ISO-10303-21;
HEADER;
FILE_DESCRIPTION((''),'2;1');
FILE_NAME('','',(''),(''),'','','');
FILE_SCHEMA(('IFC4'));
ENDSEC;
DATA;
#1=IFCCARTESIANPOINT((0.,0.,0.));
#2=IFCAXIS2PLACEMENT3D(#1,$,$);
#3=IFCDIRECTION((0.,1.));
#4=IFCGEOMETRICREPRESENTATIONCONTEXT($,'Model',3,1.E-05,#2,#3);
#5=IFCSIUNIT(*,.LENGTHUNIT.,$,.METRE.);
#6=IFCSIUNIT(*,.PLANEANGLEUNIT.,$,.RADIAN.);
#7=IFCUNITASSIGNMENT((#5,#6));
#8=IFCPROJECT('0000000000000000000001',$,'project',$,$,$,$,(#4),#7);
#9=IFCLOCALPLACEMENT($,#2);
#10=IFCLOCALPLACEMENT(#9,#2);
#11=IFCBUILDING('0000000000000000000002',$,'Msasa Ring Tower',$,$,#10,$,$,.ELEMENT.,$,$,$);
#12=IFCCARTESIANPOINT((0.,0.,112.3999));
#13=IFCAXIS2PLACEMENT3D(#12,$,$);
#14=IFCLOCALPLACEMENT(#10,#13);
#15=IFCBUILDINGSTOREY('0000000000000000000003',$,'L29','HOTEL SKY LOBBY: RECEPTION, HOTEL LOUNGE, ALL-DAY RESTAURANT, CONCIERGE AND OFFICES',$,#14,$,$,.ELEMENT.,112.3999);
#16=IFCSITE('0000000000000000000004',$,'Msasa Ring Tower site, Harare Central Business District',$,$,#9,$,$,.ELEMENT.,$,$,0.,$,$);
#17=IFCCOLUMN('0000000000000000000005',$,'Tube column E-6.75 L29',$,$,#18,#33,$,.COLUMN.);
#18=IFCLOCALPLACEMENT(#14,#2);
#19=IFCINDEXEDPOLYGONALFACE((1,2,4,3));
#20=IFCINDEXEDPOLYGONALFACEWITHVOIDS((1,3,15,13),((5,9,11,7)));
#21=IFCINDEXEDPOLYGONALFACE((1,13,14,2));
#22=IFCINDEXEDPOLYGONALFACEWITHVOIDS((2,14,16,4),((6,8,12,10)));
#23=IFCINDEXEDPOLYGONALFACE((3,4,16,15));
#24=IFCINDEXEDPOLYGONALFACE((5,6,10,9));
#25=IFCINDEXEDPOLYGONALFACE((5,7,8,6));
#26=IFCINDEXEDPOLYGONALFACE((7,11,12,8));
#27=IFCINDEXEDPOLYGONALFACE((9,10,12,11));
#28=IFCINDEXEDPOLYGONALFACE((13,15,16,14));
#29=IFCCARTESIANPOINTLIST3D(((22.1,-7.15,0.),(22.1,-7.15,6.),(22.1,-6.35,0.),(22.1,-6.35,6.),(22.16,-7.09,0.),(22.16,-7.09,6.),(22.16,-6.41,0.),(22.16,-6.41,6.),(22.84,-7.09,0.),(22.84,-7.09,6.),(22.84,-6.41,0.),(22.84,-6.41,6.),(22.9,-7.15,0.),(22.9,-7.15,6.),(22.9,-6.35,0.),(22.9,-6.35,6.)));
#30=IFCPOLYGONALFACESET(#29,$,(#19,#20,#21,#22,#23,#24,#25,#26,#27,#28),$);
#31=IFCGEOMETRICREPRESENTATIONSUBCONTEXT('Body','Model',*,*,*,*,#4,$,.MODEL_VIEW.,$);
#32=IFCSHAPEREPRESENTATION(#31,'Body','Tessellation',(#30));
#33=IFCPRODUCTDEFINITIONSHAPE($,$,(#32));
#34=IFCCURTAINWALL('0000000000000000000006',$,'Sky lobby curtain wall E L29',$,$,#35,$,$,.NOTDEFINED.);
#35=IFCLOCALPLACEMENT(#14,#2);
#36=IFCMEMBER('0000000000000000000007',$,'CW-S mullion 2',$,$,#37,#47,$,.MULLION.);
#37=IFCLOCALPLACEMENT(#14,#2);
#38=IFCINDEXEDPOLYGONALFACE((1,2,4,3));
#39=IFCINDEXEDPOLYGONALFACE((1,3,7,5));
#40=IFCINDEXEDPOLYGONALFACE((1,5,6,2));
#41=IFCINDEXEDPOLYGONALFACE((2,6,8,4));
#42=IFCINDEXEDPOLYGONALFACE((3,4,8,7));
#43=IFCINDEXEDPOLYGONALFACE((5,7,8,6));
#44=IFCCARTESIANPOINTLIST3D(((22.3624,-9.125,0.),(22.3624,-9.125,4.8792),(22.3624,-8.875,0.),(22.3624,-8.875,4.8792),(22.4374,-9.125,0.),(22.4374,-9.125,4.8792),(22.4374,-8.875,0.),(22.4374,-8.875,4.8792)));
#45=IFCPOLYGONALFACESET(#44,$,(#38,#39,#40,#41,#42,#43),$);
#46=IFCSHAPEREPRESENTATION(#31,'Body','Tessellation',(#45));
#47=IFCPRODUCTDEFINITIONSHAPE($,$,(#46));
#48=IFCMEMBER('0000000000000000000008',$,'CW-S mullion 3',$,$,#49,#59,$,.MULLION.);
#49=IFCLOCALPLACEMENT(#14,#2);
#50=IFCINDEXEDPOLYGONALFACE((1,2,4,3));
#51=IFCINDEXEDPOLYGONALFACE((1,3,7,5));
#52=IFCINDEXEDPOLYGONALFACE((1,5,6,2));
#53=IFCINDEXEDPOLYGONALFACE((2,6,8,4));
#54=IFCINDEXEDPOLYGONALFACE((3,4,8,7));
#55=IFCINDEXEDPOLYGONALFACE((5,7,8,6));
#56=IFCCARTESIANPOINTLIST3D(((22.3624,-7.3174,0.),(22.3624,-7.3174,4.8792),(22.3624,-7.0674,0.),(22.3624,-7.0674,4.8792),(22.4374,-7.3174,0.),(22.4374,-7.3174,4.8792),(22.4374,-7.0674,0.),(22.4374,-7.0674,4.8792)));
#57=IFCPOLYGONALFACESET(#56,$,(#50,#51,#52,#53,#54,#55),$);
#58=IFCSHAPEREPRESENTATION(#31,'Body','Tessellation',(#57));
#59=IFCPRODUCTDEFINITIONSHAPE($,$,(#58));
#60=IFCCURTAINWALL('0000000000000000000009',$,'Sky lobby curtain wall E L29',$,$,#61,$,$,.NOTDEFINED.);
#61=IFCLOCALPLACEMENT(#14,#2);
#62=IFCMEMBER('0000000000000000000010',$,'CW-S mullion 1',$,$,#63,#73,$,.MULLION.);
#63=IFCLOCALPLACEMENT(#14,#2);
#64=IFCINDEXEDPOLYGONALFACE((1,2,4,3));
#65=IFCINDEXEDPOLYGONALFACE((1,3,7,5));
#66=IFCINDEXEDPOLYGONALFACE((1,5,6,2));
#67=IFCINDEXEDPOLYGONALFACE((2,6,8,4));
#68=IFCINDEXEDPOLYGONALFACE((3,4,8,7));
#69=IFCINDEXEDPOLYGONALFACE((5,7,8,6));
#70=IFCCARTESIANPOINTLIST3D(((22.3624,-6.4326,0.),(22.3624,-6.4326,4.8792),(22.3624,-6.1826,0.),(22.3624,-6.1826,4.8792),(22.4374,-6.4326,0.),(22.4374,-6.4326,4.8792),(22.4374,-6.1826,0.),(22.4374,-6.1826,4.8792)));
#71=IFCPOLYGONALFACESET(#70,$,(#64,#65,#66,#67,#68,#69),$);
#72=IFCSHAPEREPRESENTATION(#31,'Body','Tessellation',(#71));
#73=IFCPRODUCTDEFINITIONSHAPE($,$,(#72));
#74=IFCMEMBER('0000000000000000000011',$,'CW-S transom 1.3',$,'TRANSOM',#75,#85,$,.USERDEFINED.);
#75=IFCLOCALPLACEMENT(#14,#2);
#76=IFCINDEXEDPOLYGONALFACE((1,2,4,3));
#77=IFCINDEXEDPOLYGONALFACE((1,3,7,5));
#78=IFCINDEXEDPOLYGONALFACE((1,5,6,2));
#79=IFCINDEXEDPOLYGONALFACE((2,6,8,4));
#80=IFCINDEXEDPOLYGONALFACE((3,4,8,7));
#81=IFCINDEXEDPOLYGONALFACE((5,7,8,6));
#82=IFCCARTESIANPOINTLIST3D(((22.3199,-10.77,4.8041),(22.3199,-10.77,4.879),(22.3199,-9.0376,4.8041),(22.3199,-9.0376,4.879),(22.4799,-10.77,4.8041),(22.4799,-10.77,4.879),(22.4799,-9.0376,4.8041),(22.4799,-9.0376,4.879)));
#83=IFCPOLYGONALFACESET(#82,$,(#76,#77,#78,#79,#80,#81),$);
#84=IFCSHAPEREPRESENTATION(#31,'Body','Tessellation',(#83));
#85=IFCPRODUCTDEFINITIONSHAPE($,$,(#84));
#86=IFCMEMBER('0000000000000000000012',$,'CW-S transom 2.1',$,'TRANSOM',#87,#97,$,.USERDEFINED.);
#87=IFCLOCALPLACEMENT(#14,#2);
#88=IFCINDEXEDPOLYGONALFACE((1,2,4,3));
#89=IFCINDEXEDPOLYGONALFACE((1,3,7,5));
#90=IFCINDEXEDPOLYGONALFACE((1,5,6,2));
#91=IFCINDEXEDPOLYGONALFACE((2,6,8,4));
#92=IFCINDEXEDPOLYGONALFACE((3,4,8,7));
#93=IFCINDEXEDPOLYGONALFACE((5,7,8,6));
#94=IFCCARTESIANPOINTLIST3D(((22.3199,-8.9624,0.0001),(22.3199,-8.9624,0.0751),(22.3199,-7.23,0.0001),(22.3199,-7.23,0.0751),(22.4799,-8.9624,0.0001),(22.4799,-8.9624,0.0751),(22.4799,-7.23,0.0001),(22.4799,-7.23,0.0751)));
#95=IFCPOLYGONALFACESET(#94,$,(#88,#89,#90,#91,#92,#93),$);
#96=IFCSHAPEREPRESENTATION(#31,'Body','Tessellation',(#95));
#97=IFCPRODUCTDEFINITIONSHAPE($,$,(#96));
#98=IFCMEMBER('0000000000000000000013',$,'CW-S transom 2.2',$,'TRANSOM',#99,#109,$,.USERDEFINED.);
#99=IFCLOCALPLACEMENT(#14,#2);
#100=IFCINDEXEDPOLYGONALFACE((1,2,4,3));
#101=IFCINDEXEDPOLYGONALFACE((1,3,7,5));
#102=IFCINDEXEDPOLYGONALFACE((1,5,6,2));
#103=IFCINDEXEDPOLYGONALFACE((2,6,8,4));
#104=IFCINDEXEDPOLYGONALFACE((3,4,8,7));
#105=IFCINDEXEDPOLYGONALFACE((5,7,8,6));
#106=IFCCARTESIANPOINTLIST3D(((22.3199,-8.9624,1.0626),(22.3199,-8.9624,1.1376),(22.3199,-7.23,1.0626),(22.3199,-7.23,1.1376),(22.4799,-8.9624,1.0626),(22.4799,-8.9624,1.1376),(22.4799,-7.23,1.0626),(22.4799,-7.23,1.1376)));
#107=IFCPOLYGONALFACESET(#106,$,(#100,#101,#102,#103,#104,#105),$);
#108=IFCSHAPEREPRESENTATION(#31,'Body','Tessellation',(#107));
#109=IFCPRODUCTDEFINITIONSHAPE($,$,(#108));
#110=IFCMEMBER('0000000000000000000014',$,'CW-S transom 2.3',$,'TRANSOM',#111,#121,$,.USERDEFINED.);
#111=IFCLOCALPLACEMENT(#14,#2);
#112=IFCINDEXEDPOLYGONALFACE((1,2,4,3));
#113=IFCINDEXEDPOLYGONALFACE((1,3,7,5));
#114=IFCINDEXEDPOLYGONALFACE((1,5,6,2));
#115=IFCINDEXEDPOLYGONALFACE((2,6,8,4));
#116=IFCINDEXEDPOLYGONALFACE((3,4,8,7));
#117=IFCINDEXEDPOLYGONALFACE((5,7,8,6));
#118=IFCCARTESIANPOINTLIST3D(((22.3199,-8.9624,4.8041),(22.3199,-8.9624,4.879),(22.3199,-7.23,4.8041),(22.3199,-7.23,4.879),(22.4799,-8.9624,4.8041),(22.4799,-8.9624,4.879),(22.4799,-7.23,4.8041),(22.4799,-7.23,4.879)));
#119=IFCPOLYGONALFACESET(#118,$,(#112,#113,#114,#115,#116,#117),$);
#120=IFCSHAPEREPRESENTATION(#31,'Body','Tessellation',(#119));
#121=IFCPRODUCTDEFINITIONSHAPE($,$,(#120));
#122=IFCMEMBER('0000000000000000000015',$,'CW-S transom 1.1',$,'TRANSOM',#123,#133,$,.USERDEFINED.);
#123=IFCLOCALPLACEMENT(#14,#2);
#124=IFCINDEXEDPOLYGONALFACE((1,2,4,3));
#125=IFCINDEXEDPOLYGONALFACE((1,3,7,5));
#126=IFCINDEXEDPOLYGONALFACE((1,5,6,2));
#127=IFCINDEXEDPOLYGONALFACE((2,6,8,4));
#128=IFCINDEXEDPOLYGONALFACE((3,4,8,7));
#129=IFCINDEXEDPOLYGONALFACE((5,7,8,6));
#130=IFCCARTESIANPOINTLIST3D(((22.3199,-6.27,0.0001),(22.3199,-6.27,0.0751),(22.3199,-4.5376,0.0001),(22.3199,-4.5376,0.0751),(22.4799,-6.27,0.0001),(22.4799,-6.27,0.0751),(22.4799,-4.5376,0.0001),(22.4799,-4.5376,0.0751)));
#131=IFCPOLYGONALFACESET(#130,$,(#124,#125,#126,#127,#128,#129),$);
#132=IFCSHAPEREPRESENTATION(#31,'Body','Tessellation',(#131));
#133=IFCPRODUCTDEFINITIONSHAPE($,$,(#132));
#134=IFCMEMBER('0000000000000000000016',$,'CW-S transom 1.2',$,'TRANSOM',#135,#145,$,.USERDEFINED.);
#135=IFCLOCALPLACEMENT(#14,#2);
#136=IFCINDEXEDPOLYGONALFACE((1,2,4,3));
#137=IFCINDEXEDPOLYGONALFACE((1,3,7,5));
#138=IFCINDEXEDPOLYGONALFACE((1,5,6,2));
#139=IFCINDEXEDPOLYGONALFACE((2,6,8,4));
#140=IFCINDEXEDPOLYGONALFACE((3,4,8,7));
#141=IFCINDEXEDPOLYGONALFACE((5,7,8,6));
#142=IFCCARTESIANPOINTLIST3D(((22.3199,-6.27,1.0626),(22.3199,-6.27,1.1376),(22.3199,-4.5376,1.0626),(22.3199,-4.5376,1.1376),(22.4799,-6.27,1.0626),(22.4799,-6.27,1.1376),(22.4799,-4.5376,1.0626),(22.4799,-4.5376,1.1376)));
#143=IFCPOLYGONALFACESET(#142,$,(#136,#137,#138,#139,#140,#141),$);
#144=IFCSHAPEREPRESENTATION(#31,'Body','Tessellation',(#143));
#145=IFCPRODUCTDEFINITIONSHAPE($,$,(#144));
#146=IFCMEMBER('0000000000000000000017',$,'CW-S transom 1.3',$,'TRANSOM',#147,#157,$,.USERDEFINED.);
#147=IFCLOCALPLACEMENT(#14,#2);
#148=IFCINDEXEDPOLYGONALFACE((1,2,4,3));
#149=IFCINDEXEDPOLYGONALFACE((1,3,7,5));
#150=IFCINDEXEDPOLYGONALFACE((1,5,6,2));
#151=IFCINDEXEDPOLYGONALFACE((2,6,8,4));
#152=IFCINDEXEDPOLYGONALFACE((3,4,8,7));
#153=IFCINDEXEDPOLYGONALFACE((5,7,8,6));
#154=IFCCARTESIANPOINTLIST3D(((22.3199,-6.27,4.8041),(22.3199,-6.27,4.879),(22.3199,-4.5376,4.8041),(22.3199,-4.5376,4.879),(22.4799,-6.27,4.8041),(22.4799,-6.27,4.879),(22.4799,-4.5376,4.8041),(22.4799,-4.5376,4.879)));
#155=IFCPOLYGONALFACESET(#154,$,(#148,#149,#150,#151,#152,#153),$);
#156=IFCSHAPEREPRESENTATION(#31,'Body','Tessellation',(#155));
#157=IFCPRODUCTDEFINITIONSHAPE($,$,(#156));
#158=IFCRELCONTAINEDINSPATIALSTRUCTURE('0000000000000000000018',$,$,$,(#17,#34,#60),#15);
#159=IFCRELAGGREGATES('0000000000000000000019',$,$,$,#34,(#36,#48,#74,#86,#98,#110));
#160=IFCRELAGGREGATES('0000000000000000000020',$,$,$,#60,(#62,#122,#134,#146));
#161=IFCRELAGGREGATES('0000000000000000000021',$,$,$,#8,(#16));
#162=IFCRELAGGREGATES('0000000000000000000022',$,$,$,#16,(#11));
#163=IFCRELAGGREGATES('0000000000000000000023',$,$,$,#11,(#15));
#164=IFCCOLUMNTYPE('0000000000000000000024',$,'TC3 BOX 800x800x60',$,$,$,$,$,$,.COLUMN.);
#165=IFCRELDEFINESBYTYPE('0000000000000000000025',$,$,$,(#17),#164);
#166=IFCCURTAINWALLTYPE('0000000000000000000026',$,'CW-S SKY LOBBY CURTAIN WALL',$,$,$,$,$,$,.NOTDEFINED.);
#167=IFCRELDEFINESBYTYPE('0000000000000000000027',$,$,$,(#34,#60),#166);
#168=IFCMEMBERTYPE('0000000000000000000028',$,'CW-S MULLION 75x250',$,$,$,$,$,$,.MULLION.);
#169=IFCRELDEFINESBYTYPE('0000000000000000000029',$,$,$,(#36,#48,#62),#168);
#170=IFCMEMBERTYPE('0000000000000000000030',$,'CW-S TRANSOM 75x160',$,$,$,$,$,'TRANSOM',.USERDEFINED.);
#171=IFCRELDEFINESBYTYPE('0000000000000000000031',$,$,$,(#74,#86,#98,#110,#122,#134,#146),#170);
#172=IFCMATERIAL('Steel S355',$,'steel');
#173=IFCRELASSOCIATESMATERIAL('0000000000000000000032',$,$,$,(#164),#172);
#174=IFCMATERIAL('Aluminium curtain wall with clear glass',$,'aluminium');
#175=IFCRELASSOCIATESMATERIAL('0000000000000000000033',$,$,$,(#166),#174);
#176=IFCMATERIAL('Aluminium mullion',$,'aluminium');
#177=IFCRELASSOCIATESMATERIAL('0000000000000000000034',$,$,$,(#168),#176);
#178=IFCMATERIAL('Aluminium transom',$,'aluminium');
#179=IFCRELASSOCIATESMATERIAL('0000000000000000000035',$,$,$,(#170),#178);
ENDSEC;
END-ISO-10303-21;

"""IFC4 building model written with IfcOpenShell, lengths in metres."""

from ifc_helpers import new_model, si_unit, direction, frame, origin, origin_2d, place, context, subcontext, project, spatial, rectangle, hollow_rectangle, extrude, material, material_profile, profile_set, type_object, element, aggregate, save


model = new_model("IFC4")

# Units and contexts
model_context = context("Model", 3, precision=1e-05, world=origin(), true_north=direction((0.0, 1.0)))
body_context = subcontext(model_context, "Body", "Model", "MODEL_VIEW")
ifc_project = project(units=[si_unit("LENGTHUNIT", "METRE"), si_unit("PLANEANGLEUNIT", "RADIAN")], contexts=[model_context])

# Site, building, storey
site_placement = place(None, origin())
site = spatial("IfcSite", under=ifc_project, at=site_placement, Name="Msasa Ring Tower site, Harare Central Business District", CompositionType="ELEMENT", RefElevation=0.0)
building_placement = place(site_placement, origin())
building = spatial("IfcBuilding", under=site, at=building_placement, Name="Msasa Ring Tower", CompositionType="ELEMENT")
storey_placement = place(building_placement, frame((0.0, 0.0, 112.3999)))
storey = spatial("IfcBuildingStorey", under=building, at=storey_placement, Name="L29", Description="HOTEL SKY LOBBY: RECEPTION, HOTEL LOUNGE, ALL-DAY RESTAURANT, CONCIERGE AND OFFICES", CompositionType="ELEMENT", Elevation=112.3999)

# Column
ifc_material_1 = material(Name="Steel S355", Category="steel")
ifc_material_profile_1 = material_profile(ifc_material_1, hollow_rectangle(XDim=0.8, YDim=0.8, WallThickness=0.0601, at=origin_2d()), Name="BOX 800x800x60")
ifc_profile_set_1 = profile_set([ifc_material_profile_1], Name="Steel S355")
column_type = type_object("IfcColumnType", Name="TC3 BOX 800x800x60", PredefinedType="COLUMN", material=ifc_profile_set_1)
column_placement = place(storey_placement, frame((22.5, -6.75, 0.0), z_axis=(0.0, 0.0, 1.0), x_axis=(1.0, 0.0, 0.0)))
element("IfcColumn", 1, at=column_placement, inside=storey, type_object=column_type, Name="Tube column E-6.75 L29", PredefinedType="COLUMN", context=body_context, shape_type="SweptSolid", body=[
    extrude(hollow_rectangle(XDim=0.8, YDim=0.8, WallThickness=0.0601, at=origin_2d()), origin(), (0.0, 0.0, 1.0), 6.0),
])

# Curtain wall, members
ifc_material_2 = material(Name="Aluminium curtain wall with clear glass", Category="aluminium")
curtain_wall_type = type_object("IfcCurtainWallType", Name="CW-S SKY LOBBY CURTAIN WALL", PredefinedType="NOTDEFINED", material=ifc_material_2)
curtain_wall_1_placement = place(storey_placement, origin())
curtain_wall_1 = element("IfcCurtainWall", 2, at=curtain_wall_1_placement, inside=storey, type_object=curtain_wall_type, Name="Sky lobby curtain wall E L29", PredefinedType="NOTDEFINED")
ifc_material_3 = material(Name="Aluminium mullion", Category="aluminium")
ifc_material_profile_2 = material_profile(ifc_material_3, rectangle(XDim=0.075, YDim=0.25, at=origin_2d()), Name="AL 75x250")
ifc_profile_set_2 = profile_set([ifc_material_profile_2], Name="Aluminium mullion")
member_type_1 = type_object("IfcMemberType", Name="CW-S MULLION 75x250", PredefinedType="MULLION", material=ifc_profile_set_2)
member_1_placement = place(storey_placement, frame((22.3999, -9.0, 0.0), z_axis=(0.0, 0.0, 1.0), x_axis=(-1.0, 0.0, 0.0)))
member_1 = element("IfcMember", 3, at=member_1_placement, type_object=member_type_1, Name="CW-S mullion 2", PredefinedType="MULLION", context=body_context, shape_type="SweptSolid", body=[
    extrude(rectangle(XDim=0.075, YDim=0.25, at=origin_2d()), origin(), (0.0, 0.0, 1.0), 4.8792),
])
member_2_placement = place(storey_placement, frame((22.3999, -7.1924, 0.0), z_axis=(0.0, 0.0, 1.0), x_axis=(-1.0, 0.0, 0.0)))
member_2 = element("IfcMember", 4, at=member_2_placement, type_object=member_type_1, Name="CW-S mullion 3", PredefinedType="MULLION", context=body_context, shape_type="SweptSolid", body=[
    extrude(rectangle(XDim=0.075, YDim=0.25, at=origin_2d()), origin(), (0.0, 0.0, 1.0), 4.8792),
])

# Curtain wall, member
curtain_wall_2_placement = place(storey_placement, origin())
curtain_wall_2 = element("IfcCurtainWall", 5, at=curtain_wall_2_placement, inside=storey, type_object=curtain_wall_type, Name="Sky lobby curtain wall E L29", PredefinedType="NOTDEFINED")
member_3_placement = place(storey_placement, frame((22.3999, -6.3076, 0.0), z_axis=(0.0, 0.0, 1.0), x_axis=(-1.0, 0.0, 0.0)))
member_3 = element("IfcMember", 6, at=member_3_placement, type_object=member_type_1, Name="CW-S mullion 1", PredefinedType="MULLION", context=body_context, shape_type="SweptSolid", body=[
    extrude(rectangle(XDim=0.075, YDim=0.25, at=origin_2d()), origin(), (0.0, 0.0, 1.0), 4.8792),
])

# Members
ifc_material_4 = material(Name="Aluminium transom", Category="aluminium")
ifc_material_profile_3 = material_profile(ifc_material_4, rectangle(XDim=0.1599, YDim=0.075, at=origin_2d()), Name="AL 75x160")
ifc_profile_set_3 = profile_set([ifc_material_profile_3], Name="Aluminium transom")
member_type_2 = type_object("IfcMemberType", Name="CW-S TRANSOM 75x160", ElementType="TRANSOM", PredefinedType="USERDEFINED", material=ifc_profile_set_3)
member_4_placement = place(storey_placement, frame((22.3999, -10.77, 4.8416), z_axis=(0.0, 1.0, 0.0), x_axis=(-1.0, 0.0, 0.0)))
member_4 = element("IfcMember", 7, at=member_4_placement, type_object=member_type_2, Name="CW-S transom 1.3", ObjectType="TRANSOM", PredefinedType="USERDEFINED", context=body_context, shape_type="SweptSolid", body=[
    extrude(rectangle(XDim=0.1599, YDim=0.075, at=origin_2d()), origin(), (0.0, 0.0, 1.0), 1.7324),
])
member_5_placement = place(storey_placement, frame((22.3999, -8.9624, 0.0376), z_axis=(0.0, 1.0, 0.0), x_axis=(-1.0, 0.0, 0.0)))
member_5 = element("IfcMember", 8, at=member_5_placement, type_object=member_type_2, Name="CW-S transom 2.1", ObjectType="TRANSOM", PredefinedType="USERDEFINED", context=body_context, shape_type="SweptSolid", body=[
    extrude(rectangle(XDim=0.1599, YDim=0.075, at=origin_2d()), origin(), (0.0, 0.0, 1.0), 1.7324),
])
member_6_placement = place(storey_placement, frame((22.3999, -8.9624, 1.1001), z_axis=(0.0, 1.0, 0.0), x_axis=(-1.0, 0.0, 0.0)))
member_6 = element("IfcMember", 9, at=member_6_placement, type_object=member_type_2, Name="CW-S transom 2.2", ObjectType="TRANSOM", PredefinedType="USERDEFINED", context=body_context, shape_type="SweptSolid", body=[
    extrude(rectangle(XDim=0.1599, YDim=0.075, at=origin_2d()), origin(), (0.0, 0.0, 1.0), 1.7324),
])
member_7_placement = place(storey_placement, frame((22.3999, -8.9624, 4.8416), z_axis=(0.0, 1.0, 0.0), x_axis=(-1.0, 0.0, 0.0)))
member_7 = element("IfcMember", 10, at=member_7_placement, type_object=member_type_2, Name="CW-S transom 2.3", ObjectType="TRANSOM", PredefinedType="USERDEFINED", context=body_context, shape_type="SweptSolid", body=[
    extrude(rectangle(XDim=0.1599, YDim=0.075, at=origin_2d()), origin(), (0.0, 0.0, 1.0), 1.7324),
])
member_8_placement = place(storey_placement, frame((22.3999, -6.27, 0.0376), z_axis=(0.0, 1.0, 0.0), x_axis=(-1.0, 0.0, 0.0)))
member_8 = element("IfcMember", 11, at=member_8_placement, type_object=member_type_2, Name="CW-S transom 1.1", ObjectType="TRANSOM", PredefinedType="USERDEFINED", context=body_context, shape_type="SweptSolid", body=[
    extrude(rectangle(XDim=0.1599, YDim=0.075, at=origin_2d()), origin(), (0.0, 0.0, 1.0), 1.7324),
])
member_9_placement = place(storey_placement, frame((22.3999, -6.27, 1.1001), z_axis=(0.0, 1.0, 0.0), x_axis=(-1.0, 0.0, 0.0)))
member_9 = element("IfcMember", 12, at=member_9_placement, type_object=member_type_2, Name="CW-S transom 1.2", ObjectType="TRANSOM", PredefinedType="USERDEFINED", context=body_context, shape_type="SweptSolid", body=[
    extrude(rectangle(XDim=0.1599, YDim=0.075, at=origin_2d()), origin(), (0.0, 0.0, 1.0), 1.7324),
])
member_10_placement = place(storey_placement, frame((22.3999, -6.27, 4.8416), z_axis=(0.0, 1.0, 0.0), x_axis=(-1.0, 0.0, 0.0)))
member_10 = element("IfcMember", 13, at=member_10_placement, type_object=member_type_2, Name="CW-S transom 1.3", ObjectType="TRANSOM", PredefinedType="USERDEFINED", context=body_context, shape_type="SweptSolid", body=[
    extrude(rectangle(XDim=0.1599, YDim=0.075, at=origin_2d()), origin(), (0.0, 0.0, 1.0), 1.7324),
])

aggregate(curtain_wall_1, [member_1, member_2, member_4, member_5, member_6, member_7])
aggregate(curtain_wall_2, [member_3, member_8, member_9, member_10])

save(model, "model.ifc")
